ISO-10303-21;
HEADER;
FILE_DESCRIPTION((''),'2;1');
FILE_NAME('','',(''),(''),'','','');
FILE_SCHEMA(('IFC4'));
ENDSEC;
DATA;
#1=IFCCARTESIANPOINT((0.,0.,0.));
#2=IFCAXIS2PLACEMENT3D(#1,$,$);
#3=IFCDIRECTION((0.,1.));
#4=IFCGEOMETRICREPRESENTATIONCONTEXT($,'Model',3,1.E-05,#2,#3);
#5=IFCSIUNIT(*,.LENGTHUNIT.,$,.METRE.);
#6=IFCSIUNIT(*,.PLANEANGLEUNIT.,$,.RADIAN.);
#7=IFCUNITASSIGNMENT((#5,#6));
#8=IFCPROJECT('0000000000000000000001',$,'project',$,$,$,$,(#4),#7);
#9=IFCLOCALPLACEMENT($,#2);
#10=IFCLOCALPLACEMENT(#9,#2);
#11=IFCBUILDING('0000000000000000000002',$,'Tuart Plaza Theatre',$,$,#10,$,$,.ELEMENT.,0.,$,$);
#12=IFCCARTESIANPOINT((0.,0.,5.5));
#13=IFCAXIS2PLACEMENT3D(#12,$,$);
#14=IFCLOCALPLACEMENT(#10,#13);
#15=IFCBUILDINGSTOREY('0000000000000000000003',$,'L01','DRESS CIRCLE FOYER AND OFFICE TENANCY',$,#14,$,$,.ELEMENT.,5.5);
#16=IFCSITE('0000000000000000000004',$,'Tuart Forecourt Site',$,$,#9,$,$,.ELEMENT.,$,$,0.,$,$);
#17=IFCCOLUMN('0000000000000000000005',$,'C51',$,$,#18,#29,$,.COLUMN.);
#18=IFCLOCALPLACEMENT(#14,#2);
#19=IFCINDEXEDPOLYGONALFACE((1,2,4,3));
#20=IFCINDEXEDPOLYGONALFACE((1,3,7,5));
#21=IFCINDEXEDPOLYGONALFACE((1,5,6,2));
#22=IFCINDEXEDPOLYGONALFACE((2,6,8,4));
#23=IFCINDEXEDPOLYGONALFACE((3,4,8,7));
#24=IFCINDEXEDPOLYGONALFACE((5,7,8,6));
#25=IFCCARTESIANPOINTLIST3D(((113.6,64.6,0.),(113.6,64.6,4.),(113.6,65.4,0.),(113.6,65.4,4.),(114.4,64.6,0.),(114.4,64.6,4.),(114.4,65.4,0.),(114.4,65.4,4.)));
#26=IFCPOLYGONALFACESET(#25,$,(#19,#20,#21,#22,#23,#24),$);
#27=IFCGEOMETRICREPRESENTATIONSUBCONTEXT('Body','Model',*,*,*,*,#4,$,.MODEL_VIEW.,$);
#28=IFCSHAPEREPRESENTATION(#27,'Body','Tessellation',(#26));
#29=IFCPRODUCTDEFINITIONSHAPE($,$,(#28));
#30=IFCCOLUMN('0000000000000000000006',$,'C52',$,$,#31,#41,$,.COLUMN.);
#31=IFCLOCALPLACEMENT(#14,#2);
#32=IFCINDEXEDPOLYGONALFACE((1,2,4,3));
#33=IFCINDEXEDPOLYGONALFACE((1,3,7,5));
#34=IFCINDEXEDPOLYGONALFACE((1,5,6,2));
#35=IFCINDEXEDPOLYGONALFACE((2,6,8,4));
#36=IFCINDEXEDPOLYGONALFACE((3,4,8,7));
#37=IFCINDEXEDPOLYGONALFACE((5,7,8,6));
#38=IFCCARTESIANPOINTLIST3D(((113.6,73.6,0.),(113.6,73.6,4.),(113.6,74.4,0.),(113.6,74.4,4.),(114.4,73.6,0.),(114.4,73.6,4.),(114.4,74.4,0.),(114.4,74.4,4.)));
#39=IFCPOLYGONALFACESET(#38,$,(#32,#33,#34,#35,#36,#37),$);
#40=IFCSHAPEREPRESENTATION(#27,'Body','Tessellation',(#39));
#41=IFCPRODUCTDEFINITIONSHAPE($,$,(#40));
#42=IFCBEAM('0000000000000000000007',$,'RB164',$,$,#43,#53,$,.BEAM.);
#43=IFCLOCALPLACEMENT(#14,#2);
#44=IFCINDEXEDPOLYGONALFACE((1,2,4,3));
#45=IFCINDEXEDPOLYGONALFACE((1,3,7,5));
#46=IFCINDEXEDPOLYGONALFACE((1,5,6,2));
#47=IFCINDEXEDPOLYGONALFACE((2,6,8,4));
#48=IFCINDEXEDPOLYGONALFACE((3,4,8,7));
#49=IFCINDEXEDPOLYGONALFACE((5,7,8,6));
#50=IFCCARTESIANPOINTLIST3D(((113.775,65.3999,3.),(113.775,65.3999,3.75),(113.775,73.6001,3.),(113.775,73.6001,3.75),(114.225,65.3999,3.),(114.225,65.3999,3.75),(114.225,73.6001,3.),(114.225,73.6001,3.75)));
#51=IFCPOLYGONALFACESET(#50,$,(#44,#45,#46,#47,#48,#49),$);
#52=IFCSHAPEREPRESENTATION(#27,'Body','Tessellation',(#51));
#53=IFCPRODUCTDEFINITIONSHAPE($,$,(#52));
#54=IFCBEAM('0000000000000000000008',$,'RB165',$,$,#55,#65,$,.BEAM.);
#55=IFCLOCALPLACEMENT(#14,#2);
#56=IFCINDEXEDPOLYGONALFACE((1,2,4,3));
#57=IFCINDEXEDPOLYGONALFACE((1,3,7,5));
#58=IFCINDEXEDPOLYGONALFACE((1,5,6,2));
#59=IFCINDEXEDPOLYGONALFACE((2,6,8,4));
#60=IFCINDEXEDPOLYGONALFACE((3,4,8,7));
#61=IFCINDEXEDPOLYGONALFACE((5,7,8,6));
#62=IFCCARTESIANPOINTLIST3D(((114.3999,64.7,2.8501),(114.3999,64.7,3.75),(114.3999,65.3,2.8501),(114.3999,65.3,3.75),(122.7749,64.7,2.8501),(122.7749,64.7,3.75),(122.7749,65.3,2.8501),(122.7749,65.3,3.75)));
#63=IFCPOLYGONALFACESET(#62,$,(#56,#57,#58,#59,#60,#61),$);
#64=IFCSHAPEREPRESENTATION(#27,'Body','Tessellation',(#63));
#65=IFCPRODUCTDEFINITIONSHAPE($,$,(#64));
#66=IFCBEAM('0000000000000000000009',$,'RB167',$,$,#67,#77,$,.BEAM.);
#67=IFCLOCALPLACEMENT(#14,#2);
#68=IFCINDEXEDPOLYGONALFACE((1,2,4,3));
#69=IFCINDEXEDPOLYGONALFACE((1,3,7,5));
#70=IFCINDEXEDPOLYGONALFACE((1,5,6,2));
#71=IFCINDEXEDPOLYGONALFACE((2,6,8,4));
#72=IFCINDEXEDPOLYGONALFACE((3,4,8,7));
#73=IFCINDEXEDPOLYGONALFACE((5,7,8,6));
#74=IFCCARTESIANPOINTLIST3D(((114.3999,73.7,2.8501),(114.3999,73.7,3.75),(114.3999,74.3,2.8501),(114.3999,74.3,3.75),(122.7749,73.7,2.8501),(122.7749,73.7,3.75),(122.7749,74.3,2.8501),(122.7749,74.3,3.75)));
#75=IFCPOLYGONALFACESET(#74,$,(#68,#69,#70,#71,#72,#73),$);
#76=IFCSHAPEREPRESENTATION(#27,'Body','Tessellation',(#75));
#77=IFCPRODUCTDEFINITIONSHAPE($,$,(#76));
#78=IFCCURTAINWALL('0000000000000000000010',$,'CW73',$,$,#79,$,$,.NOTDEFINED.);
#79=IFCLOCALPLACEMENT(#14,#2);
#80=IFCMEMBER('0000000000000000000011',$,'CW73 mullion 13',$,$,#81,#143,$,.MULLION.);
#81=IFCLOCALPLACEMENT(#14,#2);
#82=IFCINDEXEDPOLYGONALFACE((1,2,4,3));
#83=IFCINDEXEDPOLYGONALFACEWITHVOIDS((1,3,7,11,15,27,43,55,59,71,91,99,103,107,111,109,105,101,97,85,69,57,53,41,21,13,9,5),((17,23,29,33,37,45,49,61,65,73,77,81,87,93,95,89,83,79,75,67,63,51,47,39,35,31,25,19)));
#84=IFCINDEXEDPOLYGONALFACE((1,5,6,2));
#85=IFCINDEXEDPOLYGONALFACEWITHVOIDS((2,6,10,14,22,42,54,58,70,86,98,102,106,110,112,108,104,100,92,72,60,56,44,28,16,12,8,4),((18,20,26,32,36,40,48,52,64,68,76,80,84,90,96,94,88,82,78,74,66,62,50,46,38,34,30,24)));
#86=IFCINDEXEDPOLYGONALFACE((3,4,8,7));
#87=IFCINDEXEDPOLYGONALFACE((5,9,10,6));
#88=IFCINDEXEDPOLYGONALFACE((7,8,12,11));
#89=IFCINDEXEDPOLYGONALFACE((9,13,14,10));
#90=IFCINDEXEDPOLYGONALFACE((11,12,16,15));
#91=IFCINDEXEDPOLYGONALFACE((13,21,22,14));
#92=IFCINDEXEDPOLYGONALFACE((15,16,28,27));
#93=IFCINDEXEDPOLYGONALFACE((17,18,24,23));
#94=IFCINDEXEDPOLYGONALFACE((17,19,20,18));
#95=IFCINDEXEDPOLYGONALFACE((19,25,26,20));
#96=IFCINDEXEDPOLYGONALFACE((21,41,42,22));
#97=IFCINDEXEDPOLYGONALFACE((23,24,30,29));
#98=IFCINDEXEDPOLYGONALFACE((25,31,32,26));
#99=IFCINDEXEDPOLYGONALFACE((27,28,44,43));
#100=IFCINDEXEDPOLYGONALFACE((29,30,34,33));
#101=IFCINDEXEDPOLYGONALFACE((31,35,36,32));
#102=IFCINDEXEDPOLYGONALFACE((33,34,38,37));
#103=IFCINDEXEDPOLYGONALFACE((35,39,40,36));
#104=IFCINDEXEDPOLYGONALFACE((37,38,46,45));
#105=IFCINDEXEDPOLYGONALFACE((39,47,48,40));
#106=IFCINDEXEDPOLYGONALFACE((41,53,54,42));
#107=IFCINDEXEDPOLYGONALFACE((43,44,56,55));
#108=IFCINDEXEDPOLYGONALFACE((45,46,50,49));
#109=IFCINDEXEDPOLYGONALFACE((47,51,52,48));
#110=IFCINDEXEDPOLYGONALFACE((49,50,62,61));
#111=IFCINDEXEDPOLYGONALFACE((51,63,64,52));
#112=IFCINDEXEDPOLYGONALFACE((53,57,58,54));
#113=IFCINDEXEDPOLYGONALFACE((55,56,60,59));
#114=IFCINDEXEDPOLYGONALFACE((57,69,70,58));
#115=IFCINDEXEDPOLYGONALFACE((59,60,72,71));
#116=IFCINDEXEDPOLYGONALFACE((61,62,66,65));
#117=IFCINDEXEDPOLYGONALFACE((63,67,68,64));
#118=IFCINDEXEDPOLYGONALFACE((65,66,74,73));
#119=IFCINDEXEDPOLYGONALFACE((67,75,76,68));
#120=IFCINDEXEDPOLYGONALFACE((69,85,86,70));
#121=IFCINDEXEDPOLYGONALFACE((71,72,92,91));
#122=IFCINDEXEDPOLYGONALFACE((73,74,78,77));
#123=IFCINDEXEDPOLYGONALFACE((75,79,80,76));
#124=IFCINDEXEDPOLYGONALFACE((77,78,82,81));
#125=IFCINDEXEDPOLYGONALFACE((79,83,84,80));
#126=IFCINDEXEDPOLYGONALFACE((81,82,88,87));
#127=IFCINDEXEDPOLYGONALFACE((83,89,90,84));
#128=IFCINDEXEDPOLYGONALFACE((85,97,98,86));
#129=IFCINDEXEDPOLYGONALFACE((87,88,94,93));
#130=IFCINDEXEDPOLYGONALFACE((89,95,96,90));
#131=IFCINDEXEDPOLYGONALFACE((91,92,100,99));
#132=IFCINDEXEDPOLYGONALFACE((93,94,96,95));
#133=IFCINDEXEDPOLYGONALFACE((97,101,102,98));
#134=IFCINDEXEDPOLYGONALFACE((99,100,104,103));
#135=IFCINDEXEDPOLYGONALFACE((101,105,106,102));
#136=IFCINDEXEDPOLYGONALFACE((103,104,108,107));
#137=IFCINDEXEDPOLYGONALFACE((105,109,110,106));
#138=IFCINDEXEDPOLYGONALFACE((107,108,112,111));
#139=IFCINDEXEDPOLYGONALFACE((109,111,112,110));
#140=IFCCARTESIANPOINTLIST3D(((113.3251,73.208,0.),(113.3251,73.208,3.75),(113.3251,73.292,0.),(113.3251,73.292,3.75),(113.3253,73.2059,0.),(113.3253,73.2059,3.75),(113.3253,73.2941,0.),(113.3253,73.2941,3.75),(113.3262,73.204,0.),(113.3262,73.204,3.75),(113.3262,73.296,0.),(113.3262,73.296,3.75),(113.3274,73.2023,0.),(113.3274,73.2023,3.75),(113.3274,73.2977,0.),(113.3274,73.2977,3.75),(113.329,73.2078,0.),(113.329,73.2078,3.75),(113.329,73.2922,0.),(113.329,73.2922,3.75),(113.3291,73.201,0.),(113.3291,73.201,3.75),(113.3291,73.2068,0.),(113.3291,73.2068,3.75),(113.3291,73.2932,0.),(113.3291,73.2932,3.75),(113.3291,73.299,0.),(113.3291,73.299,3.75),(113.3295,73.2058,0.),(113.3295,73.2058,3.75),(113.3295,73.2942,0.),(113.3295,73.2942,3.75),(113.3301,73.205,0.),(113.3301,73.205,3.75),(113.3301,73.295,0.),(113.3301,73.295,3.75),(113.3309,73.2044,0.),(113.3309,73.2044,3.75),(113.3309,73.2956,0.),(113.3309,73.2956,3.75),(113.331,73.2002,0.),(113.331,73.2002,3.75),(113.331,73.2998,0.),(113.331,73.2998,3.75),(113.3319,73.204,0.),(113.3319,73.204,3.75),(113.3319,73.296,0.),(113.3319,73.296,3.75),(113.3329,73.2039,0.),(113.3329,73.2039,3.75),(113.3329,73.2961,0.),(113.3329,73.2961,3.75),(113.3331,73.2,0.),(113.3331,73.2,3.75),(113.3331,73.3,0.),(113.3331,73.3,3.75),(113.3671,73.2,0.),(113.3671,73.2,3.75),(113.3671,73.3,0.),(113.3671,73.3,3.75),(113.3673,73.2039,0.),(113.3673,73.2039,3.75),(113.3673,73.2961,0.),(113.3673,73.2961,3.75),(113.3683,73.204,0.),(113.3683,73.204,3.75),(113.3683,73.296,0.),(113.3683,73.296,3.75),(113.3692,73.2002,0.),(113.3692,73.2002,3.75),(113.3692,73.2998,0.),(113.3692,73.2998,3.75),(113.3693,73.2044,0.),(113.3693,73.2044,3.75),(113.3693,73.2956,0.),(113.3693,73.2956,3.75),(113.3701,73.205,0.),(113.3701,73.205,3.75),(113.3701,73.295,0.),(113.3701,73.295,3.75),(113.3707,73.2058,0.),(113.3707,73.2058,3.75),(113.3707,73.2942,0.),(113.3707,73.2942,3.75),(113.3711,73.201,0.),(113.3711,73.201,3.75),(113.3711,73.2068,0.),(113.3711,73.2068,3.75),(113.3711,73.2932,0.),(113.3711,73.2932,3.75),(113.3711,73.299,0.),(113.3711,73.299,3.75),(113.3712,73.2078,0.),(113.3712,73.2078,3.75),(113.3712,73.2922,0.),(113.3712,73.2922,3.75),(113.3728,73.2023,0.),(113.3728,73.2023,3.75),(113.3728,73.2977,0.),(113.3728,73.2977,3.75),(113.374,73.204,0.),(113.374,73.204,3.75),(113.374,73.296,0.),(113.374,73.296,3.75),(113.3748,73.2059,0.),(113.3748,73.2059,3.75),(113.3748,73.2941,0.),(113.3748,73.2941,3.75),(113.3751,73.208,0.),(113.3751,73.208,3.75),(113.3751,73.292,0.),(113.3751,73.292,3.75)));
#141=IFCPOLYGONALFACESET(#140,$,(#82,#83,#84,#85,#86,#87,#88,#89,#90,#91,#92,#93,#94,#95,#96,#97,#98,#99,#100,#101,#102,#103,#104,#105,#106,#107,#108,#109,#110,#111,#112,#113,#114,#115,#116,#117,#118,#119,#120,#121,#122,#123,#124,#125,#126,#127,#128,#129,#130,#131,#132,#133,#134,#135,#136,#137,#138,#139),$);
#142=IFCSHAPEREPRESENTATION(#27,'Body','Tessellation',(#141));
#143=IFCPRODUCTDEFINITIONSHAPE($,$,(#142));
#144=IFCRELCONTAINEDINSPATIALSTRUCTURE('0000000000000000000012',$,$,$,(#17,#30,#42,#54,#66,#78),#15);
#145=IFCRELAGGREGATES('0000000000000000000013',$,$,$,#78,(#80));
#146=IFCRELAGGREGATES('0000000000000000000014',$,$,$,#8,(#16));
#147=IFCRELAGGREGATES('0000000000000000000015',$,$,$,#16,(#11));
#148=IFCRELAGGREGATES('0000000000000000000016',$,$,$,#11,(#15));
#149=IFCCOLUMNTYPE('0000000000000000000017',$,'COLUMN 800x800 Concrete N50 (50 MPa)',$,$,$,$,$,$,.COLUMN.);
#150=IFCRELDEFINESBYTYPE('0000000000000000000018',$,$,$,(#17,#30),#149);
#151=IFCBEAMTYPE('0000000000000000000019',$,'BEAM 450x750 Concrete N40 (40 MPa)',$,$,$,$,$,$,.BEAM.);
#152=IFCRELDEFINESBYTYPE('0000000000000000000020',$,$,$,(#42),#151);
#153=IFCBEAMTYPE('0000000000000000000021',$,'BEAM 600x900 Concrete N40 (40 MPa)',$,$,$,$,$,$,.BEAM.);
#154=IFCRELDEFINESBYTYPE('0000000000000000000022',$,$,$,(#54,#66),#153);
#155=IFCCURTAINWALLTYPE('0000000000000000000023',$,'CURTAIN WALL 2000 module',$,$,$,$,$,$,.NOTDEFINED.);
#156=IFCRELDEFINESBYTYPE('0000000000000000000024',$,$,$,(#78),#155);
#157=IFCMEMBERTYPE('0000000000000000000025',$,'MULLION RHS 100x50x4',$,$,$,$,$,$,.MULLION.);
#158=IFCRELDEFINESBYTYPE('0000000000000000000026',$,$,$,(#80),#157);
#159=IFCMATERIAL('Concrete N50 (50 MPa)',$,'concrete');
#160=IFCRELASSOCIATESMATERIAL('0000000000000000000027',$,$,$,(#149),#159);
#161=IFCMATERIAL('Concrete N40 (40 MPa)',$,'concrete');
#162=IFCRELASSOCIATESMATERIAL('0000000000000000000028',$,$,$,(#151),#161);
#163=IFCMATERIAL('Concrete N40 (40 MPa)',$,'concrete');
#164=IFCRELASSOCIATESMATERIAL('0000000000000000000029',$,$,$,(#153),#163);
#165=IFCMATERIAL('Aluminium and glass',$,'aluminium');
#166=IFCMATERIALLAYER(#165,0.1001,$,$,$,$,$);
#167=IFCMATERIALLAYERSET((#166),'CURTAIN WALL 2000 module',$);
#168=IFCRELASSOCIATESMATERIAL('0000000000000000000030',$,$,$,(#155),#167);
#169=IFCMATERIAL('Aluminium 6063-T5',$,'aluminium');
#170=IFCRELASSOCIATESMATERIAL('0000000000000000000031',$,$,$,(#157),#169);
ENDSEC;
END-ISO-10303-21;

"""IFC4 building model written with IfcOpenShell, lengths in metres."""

from ifc_helpers import new_model, si_unit, direction, frame, origin, origin_2d, place, context, subcontext, project, spatial, rectangle, hollow_rectangle, extrude, material, layer, layer_set, material_profile, profile_set, type_object, element, aggregate, save


model = new_model("IFC4")

# Units and contexts
model_context = context("Model", 3, precision=1e-05, world=origin(), true_north=direction((0.0, 1.0)))
body_context = subcontext(model_context, "Body", "Model", "MODEL_VIEW")
ifc_project = project(units=[si_unit("LENGTHUNIT", "METRE"), si_unit("PLANEANGLEUNIT", "RADIAN")], contexts=[model_context])

# Site, building, storey
site_placement = place(None, origin())
site = spatial("IfcSite", under=ifc_project, at=site_placement, Name="Tuart Forecourt Site", CompositionType="ELEMENT", RefElevation=0.0)
building_placement = place(site_placement, origin())
building = spatial("IfcBuilding", under=site, at=building_placement, Name="Tuart Plaza Theatre", CompositionType="ELEMENT", ElevationOfRefHeight=0.0)
storey_placement = place(building_placement, frame((0.0, 0.0, 5.5)))
storey = spatial("IfcBuildingStorey", under=building, at=storey_placement, Name="L01", Description="DRESS CIRCLE FOYER AND OFFICE TENANCY", CompositionType="ELEMENT", Elevation=5.5)

# Columns
ifc_material_1 = material(Name="Concrete N50 (50 MPa)", Category="concrete")
ifc_material_profile_1 = material_profile(ifc_material_1, rectangle(XDim=0.8, YDim=0.8, at=origin_2d()), Name="COLUMN 800x800 Concrete N50 (50 MPa)")
ifc_profile_set_1 = profile_set([ifc_material_profile_1], Name="Concrete N50 (50 MPa)")
column_type = type_object("IfcColumnType", Name="COLUMN 800x800 Concrete N50 (50 MPa)", PredefinedType="COLUMN", material=ifc_profile_set_1)
for number, where, z_axis, x_axis, name in (
    (1, (114.0, 65.0, 0.0), (0.0, 0.0, 1.0), (1.0, 0.0, 0.0), "C51"),
    (2, (114.0, 74.0, 0.0), (0.0, 0.0, 1.0), (1.0, 0.0, 0.0), "C52"),
):
    element("IfcColumn", number, at=place(storey_placement, frame(where, z_axis=z_axis, x_axis=x_axis)), inside=storey, type_object=column_type, Name=name, PredefinedType="COLUMN", context=body_context, shape_type="SweptSolid", body=[
        extrude(rectangle(XDim=0.8, YDim=0.8, at=origin_2d()), origin(), (0.0, 0.0, 1.0), 4.0),
    ])

# Beams
ifc_material_2 = material(Name="Concrete N40 (40 MPa)", Category="concrete")
ifc_material_profile_2 = material_profile(ifc_material_2, rectangle(XDim=0.45, YDim=0.75, at=origin_2d()), Name="BEAM 450x750 Concrete N40 (40 MPa)")
ifc_profile_set_2 = profile_set([ifc_material_profile_2], Name="Concrete N40 (40 MPa)")
beam_type_1 = type_object("IfcBeamType", Name="BEAM 450x750 Concrete N40 (40 MPa)", PredefinedType="BEAM", material=ifc_profile_set_2)
beam_placement = place(storey_placement, frame((114.0, 65.3999, 3.375), z_axis=(0.0, 1.0, 0.0), x_axis=(-1.0, 0.0, 0.0)))
element("IfcBeam", 3, at=beam_placement, inside=storey, type_object=beam_type_1, Name="RB164", PredefinedType="BEAM", context=body_context, shape_type="SweptSolid", body=[
    extrude(rectangle(XDim=0.45, YDim=0.75, at=origin_2d()), origin(), (0.0, 0.0, 1.0), 8.2002),
])
ifc_material_3 = material(Name="Concrete N40 (40 MPa)", Category="concrete")
ifc_material_profile_3 = material_profile(ifc_material_3, rectangle(XDim=0.6001, YDim=0.8999, at=origin_2d()), Name="BEAM 600x900 Concrete N40 (40 MPa)")
ifc_profile_set_3 = profile_set([ifc_material_profile_3], Name="Concrete N40 (40 MPa)")
beam_type_2 = type_object("IfcBeamType", Name="BEAM 600x900 Concrete N40 (40 MPa)", PredefinedType="BEAM", material=ifc_profile_set_3)
for number, where, z_axis, x_axis, name in (
    (4, (114.3999, 65.0, 3.3), (1.0, 0.0, 0.0), (0.0, 1.0, 0.0), "RB165"),
    (5, (114.3999, 74.0, 3.3), (1.0, 0.0, 0.0), (0.0, 1.0, 0.0), "RB167"),
):
    element("IfcBeam", number, at=place(storey_placement, frame(where, z_axis=z_axis, x_axis=x_axis)), inside=storey, type_object=beam_type_2, Name=name, PredefinedType="BEAM", context=body_context, shape_type="SweptSolid", body=[
        extrude(rectangle(XDim=0.6001, YDim=0.8999, at=origin_2d()), origin(), (0.0, 0.0, 1.0), 8.375),
    ])

# Curtain wall, member
ifc_material_4 = material(Name="Aluminium and glass", Category="aluminium")
ifc_layer_1 = layer(ifc_material_4, 0.1001)
ifc_layer_set_1 = layer_set([ifc_layer_1], Name="CURTAIN WALL 2000 module")
curtain_wall_type = type_object("IfcCurtainWallType", Name="CURTAIN WALL 2000 module", PredefinedType="NOTDEFINED", material=ifc_layer_set_1)
curtain_wall_placement = place(storey_placement, origin())
curtain_wall = element("IfcCurtainWall", 6, at=curtain_wall_placement, inside=storey, type_object=curtain_wall_type, Name="CW73", PredefinedType="NOTDEFINED")
ifc_material_5 = material(Name="Aluminium 6063-T5", Category="aluminium")
ifc_material_profile_4 = material_profile(ifc_material_5, hollow_rectangle(XDim=0.05, YDim=0.1001, WallThickness=0.0039, InnerFilletRadius=0.0039, OuterFilletRadius=0.0081, at=origin_2d()), Name="RHS 100x50x4")
ifc_profile_set_4 = profile_set([ifc_material_profile_4], Name="Aluminium 6063-T5")
member_type_1 = type_object("IfcMemberType", Name="MULLION RHS 100x50x4", PredefinedType="MULLION", material=ifc_profile_set_4)
member_1_placement = place(storey_placement, frame((113.3501, 73.25, 0.0), z_axis=(0.0, 0.0, 1.0), x_axis=(1.0, 0.0, 0.0)))
member_1 = element("IfcMember", 7, at=member_1_placement, type_object=member_type_1, Name="CW73 mullion 13", PredefinedType="MULLION", context=body_context, shape_type="SweptSolid", body=[
    extrude(hollow_rectangle(XDim=0.05, YDim=0.1001, WallThickness=0.0039, InnerFilletRadius=0.0039, OuterFilletRadius=0.0081, at=origin_2d()), origin(), (0.0, 0.0, 1.0), 3.75),
])
aggregate(curtain_wall, [member_1])

save(model, "model.ifc")
